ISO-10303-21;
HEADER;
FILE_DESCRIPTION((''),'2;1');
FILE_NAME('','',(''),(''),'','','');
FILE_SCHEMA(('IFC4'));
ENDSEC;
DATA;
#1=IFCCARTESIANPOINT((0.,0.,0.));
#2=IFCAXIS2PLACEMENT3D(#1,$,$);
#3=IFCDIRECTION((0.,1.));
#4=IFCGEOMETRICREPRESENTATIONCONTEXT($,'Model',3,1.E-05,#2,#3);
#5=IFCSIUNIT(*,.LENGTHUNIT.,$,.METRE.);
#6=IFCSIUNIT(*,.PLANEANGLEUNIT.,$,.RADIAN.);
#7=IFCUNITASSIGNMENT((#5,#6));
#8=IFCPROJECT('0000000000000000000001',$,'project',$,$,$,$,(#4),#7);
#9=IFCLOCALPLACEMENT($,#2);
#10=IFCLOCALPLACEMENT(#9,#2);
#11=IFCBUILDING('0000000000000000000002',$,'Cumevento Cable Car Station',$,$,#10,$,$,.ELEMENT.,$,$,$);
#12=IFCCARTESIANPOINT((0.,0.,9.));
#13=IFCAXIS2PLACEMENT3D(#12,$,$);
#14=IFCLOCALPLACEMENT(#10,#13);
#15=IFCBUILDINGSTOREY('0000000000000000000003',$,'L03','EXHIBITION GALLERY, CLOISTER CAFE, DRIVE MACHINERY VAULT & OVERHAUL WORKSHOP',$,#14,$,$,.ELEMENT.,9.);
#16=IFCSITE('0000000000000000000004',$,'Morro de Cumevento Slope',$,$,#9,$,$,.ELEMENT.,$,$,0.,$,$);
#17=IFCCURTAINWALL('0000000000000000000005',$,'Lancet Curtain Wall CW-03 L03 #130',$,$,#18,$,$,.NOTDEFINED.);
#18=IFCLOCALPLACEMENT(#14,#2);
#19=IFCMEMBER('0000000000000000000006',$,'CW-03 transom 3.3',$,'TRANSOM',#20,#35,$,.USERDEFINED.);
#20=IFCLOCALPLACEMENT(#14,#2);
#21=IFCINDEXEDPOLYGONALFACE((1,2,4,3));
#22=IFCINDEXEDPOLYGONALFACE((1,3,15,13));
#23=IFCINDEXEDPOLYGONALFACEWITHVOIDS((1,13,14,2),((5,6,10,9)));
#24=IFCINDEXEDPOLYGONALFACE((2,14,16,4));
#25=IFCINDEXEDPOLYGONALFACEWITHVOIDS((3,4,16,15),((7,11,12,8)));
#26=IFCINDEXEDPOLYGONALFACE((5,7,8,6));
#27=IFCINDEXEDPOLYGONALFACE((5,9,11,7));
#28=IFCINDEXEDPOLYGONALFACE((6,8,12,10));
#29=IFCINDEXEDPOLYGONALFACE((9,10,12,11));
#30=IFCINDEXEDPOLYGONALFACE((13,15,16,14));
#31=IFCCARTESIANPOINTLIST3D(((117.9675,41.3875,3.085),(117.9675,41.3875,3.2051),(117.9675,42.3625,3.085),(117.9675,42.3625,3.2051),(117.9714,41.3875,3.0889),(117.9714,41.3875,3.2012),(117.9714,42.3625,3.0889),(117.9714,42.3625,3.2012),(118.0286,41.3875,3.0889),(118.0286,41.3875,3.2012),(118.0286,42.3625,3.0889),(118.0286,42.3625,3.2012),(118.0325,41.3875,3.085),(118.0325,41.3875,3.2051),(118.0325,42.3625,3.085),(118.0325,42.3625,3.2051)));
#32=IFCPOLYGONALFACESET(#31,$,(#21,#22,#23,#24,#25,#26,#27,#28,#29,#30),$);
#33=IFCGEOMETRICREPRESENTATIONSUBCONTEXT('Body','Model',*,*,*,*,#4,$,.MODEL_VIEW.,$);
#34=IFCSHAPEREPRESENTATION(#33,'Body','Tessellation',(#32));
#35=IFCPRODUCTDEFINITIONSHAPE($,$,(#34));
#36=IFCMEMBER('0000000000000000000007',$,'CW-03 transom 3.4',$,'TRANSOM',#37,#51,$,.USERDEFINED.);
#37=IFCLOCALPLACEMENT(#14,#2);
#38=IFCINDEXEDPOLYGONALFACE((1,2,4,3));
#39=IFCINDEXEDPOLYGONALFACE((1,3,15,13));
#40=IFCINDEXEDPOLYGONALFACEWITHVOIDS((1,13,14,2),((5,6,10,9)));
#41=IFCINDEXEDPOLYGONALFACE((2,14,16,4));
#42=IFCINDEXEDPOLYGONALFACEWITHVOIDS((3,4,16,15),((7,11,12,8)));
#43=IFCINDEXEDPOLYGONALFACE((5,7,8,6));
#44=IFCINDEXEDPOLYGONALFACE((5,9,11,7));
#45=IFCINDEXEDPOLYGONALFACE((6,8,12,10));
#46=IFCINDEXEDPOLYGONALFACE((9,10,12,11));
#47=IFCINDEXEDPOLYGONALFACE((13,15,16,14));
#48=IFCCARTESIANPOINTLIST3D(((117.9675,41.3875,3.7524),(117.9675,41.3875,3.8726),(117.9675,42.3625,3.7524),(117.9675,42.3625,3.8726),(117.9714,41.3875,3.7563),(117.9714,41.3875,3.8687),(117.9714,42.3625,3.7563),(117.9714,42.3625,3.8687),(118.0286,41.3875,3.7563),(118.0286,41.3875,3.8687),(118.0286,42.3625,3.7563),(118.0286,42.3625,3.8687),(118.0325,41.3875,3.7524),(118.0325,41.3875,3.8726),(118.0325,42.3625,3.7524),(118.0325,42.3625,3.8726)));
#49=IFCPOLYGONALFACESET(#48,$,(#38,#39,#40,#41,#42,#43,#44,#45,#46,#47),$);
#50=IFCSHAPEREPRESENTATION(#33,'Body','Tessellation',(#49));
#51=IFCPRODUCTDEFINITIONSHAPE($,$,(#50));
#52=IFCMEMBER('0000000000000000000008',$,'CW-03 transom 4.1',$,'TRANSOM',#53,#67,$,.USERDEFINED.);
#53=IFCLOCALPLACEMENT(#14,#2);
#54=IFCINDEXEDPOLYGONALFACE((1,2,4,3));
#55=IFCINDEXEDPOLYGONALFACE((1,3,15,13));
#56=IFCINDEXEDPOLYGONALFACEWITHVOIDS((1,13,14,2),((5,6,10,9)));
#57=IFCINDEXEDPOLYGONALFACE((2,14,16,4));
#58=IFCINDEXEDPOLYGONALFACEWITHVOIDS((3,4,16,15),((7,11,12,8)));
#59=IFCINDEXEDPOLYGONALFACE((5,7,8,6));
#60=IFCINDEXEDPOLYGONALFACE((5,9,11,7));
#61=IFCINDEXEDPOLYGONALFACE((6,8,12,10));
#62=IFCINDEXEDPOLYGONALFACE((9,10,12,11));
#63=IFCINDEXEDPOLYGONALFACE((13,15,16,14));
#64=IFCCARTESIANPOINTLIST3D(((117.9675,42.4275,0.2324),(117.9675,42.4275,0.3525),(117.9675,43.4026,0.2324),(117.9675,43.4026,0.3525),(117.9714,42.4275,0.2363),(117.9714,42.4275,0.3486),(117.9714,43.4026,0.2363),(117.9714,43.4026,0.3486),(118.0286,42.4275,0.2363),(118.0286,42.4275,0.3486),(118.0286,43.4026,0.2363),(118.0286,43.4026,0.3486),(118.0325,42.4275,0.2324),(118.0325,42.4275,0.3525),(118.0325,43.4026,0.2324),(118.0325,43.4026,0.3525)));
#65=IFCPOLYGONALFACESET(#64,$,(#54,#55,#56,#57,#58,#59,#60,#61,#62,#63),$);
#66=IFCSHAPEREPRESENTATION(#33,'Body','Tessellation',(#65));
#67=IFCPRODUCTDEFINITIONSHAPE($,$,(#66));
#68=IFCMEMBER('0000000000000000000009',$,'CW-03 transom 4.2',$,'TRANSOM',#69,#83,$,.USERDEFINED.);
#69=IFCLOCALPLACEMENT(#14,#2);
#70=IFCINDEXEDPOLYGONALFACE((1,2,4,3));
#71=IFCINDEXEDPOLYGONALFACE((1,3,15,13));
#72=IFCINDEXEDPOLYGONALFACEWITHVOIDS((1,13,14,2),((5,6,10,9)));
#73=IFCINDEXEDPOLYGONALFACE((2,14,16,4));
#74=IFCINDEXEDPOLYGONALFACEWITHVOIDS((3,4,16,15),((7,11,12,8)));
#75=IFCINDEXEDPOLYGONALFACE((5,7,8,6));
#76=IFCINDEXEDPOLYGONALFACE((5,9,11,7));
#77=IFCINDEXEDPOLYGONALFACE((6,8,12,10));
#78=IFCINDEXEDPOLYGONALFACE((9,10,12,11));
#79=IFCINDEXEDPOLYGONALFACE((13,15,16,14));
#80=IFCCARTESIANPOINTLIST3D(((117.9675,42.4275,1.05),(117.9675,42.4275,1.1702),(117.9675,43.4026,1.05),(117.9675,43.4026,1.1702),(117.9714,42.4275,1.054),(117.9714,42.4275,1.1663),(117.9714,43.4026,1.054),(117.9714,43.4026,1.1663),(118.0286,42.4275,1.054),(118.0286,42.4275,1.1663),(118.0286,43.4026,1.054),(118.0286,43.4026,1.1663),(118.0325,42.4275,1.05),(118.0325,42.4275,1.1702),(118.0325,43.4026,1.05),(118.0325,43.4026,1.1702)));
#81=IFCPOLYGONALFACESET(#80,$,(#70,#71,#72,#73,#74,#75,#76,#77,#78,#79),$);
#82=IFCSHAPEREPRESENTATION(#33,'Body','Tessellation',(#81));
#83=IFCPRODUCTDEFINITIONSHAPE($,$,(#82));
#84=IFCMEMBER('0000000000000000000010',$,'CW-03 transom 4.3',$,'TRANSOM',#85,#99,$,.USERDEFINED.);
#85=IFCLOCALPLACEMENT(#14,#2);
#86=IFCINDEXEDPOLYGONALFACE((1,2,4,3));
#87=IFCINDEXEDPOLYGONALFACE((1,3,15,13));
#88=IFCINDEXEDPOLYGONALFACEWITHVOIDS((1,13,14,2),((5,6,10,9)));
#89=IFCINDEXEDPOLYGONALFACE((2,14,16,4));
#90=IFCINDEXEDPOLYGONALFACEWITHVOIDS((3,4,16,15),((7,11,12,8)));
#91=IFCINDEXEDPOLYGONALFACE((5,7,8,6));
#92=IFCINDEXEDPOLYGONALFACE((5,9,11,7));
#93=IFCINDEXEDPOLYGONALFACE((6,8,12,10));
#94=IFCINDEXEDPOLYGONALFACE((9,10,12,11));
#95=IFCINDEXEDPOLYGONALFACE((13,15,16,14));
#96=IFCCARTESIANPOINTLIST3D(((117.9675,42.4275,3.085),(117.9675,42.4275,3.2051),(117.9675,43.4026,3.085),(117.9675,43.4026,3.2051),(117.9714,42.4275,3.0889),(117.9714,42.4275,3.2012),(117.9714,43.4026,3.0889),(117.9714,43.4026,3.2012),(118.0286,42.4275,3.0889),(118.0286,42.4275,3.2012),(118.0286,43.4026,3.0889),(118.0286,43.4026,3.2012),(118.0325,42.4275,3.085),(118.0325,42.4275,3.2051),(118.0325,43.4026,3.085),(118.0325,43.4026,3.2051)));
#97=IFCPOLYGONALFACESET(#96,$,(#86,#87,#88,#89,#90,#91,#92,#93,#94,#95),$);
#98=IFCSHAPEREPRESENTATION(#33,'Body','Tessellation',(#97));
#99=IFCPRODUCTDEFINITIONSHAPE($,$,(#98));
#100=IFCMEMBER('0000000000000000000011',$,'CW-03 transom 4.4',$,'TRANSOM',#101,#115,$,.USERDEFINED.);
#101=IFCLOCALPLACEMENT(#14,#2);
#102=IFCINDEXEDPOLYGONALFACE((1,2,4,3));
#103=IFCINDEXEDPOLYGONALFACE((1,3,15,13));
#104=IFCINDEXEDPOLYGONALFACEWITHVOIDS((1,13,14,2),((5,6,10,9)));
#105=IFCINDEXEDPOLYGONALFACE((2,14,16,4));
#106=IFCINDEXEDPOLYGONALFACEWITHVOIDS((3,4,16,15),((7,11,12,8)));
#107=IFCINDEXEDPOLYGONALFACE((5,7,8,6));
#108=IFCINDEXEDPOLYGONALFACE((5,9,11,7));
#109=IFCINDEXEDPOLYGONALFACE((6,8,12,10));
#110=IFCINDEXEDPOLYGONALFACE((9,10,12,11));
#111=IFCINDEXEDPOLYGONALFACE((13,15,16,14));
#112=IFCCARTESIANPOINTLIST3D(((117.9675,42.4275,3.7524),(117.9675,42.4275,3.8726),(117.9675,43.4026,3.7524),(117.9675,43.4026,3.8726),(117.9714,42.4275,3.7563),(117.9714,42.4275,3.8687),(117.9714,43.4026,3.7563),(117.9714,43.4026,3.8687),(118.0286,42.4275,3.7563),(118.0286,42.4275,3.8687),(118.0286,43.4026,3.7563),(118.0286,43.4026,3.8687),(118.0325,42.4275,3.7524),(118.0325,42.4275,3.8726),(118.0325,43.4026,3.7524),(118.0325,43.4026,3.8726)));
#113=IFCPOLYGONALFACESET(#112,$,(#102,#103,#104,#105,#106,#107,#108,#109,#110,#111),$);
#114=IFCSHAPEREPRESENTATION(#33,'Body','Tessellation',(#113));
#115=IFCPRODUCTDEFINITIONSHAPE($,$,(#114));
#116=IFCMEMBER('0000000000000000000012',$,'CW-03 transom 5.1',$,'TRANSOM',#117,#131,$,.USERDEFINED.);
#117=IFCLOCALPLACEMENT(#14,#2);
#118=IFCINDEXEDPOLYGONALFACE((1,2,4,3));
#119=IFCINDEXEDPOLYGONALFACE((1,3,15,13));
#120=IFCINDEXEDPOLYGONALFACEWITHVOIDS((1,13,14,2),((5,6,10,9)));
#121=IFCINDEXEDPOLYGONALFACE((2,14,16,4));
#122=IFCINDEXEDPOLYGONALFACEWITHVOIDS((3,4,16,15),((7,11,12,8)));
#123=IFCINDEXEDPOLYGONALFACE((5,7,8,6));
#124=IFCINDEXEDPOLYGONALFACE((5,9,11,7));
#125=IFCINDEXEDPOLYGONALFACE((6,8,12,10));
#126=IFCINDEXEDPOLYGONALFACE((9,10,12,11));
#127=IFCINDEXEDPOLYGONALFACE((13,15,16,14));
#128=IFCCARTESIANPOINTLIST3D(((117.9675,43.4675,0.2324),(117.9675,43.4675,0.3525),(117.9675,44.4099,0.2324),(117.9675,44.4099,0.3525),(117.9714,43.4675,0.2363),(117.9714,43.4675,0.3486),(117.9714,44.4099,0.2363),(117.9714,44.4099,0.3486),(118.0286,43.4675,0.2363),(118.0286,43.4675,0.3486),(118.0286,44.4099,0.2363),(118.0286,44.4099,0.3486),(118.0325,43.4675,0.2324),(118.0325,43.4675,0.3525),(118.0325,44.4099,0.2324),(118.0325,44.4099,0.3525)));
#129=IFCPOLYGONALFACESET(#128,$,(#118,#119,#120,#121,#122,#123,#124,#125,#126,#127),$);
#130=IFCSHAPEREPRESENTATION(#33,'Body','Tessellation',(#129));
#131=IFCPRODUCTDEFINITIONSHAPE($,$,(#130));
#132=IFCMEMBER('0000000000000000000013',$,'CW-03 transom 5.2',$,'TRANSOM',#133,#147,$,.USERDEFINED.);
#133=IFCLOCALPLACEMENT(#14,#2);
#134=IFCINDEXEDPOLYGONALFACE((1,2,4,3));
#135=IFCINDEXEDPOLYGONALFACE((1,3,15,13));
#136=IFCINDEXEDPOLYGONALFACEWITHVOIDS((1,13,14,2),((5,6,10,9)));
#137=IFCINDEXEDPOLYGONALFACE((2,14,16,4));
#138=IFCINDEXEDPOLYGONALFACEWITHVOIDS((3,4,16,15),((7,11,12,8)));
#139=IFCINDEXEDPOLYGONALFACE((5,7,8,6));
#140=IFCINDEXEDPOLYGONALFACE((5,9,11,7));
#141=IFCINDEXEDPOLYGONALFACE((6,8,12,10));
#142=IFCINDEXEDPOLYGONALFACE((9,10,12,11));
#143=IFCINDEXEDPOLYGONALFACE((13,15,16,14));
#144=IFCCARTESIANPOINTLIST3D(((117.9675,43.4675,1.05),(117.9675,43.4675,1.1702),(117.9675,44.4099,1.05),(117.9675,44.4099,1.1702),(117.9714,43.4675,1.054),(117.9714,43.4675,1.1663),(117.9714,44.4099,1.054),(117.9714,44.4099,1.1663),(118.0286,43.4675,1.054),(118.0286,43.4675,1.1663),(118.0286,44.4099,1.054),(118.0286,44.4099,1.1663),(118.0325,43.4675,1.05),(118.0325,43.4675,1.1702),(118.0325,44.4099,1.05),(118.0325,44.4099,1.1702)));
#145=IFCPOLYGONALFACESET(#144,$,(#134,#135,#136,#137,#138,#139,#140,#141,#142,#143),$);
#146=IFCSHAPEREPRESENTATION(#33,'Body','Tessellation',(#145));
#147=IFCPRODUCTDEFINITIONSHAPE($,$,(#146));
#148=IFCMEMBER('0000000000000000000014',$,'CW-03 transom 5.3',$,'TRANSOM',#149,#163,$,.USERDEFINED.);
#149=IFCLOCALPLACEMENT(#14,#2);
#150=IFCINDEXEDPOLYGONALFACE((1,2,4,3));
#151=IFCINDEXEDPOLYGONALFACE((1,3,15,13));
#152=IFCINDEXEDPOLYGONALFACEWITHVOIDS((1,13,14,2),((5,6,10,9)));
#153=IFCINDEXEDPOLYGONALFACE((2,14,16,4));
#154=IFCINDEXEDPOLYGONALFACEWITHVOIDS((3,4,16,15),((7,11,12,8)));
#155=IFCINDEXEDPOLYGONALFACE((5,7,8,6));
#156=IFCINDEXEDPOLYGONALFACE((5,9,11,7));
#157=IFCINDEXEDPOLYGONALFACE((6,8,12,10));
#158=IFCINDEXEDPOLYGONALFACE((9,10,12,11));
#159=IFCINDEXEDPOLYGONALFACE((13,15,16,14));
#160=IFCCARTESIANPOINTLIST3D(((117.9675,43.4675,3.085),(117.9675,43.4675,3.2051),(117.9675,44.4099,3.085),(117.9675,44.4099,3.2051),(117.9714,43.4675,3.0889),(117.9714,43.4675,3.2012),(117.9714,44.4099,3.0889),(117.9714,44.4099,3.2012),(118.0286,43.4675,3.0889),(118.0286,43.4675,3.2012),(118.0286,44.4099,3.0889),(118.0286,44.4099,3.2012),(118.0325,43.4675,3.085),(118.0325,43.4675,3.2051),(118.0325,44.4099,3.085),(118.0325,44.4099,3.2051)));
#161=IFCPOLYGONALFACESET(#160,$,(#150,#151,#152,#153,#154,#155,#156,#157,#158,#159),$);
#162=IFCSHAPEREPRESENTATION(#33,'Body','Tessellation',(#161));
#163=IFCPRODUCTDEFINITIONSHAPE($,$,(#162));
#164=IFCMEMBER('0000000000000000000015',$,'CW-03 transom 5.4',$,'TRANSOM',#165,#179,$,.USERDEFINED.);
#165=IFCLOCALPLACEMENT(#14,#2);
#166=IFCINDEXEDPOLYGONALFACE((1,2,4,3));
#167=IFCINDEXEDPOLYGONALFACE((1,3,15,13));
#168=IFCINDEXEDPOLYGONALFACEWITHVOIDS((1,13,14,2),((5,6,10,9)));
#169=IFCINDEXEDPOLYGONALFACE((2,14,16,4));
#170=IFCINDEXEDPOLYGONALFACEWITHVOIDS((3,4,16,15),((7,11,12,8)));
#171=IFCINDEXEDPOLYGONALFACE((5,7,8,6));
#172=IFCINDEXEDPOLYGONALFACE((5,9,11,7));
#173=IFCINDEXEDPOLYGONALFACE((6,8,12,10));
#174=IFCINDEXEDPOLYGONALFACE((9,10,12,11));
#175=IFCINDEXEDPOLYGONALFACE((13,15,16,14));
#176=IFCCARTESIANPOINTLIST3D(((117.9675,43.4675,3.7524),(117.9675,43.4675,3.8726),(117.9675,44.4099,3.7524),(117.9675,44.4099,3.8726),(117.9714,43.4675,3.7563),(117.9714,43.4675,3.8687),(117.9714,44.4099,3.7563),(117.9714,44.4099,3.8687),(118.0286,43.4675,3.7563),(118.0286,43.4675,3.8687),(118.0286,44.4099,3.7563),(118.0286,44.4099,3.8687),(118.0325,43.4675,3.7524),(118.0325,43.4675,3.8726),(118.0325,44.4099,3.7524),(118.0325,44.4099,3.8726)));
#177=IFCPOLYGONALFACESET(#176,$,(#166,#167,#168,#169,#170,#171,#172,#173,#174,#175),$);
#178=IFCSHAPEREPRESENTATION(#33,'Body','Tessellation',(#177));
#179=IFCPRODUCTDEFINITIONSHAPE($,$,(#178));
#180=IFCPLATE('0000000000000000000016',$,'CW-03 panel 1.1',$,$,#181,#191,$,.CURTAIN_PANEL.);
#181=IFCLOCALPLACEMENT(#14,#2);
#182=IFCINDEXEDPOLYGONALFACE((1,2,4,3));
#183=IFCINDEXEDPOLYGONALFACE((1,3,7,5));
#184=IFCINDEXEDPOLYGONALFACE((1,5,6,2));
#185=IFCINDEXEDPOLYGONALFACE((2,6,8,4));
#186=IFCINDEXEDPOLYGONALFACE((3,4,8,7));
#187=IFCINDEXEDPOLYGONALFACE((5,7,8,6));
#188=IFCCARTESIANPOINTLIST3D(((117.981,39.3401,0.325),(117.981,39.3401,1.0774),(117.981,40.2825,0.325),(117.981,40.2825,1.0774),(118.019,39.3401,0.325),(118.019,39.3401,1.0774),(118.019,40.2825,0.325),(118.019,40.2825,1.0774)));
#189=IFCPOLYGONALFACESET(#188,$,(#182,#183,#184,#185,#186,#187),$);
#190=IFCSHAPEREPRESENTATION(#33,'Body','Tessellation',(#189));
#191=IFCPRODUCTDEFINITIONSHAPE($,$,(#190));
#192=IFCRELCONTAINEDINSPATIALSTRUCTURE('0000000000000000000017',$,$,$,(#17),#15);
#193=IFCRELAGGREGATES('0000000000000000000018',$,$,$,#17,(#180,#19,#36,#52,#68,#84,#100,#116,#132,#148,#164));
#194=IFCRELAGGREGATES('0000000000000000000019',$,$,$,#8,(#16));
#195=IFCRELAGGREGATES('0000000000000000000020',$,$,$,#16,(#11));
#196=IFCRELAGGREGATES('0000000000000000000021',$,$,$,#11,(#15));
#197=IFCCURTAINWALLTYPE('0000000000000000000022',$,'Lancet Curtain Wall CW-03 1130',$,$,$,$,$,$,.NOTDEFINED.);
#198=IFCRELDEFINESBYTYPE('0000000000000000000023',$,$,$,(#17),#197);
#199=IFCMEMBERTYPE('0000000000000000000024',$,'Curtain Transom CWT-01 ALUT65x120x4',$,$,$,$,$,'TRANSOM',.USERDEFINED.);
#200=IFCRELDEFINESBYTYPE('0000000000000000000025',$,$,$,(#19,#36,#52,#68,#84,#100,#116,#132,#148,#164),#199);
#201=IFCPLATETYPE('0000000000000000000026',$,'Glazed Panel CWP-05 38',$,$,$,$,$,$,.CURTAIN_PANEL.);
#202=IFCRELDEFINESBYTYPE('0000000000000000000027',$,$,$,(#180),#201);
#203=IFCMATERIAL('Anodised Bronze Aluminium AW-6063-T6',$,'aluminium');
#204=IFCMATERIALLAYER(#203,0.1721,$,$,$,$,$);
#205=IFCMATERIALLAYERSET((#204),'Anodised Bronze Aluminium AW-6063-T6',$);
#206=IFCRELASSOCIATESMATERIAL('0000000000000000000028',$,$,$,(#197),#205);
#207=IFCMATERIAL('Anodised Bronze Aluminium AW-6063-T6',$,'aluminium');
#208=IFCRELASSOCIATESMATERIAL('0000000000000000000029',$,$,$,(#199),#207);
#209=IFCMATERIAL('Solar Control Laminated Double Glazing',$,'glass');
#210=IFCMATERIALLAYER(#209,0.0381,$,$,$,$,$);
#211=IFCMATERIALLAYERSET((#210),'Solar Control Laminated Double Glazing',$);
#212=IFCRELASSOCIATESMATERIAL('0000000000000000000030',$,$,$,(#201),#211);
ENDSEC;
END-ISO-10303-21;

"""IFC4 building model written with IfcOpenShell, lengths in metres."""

from ifc_helpers import new_model, si_unit, direction, frame, origin, origin_2d, place, context, subcontext, project, spatial, rectangle, hollow_rectangle, extrude, material, layer, layer_set, material_profile, profile_set, type_object, element, aggregate, save


model = new_model("IFC4")

# Units and contexts
model_context = context("Model", 3, precision=1e-05, world=origin(), true_north=direction((0.0, 1.0)))
body_context = subcontext(model_context, "Body", "Model", "MODEL_VIEW")
ifc_project = project(units=[si_unit("LENGTHUNIT", "METRE"), si_unit("PLANEANGLEUNIT", "RADIAN")], contexts=[model_context])

# Site, building, storey
site_placement = place(None, origin())
site = spatial("IfcSite", under=ifc_project, at=site_placement, Name="Morro de Cumevento Slope", CompositionType="ELEMENT", RefElevation=0.0)
building_placement = place(site_placement, origin())
building = spatial("IfcBuilding", under=site, at=building_placement, Name="Cumevento Cable Car Station", CompositionType="ELEMENT")
storey_placement = place(building_placement, frame((0.0, 0.0, 9.0)))
storey = spatial("IfcBuildingStorey", under=building, at=storey_placement, Name="L03", Description="EXHIBITION GALLERY, CLOISTER CAFE, DRIVE MACHINERY VAULT & OVERHAUL WORKSHOP", CompositionType="ELEMENT", Elevation=9.0)

# Curtain wall, members, plate
ifc_material_1 = material(Name="Anodised Bronze Aluminium AW-6063-T6", Category="aluminium")
ifc_layer_1 = layer(ifc_material_1, 0.1721)
ifc_layer_set_1 = layer_set([ifc_layer_1], Name="Anodised Bronze Aluminium AW-6063-T6")
curtain_wall_type = type_object("IfcCurtainWallType", Name="Lancet Curtain Wall CW-03 1130", PredefinedType="NOTDEFINED", material=ifc_layer_set_1)
curtain_wall_placement = place(storey_placement, origin())
curtain_wall = element("IfcCurtainWall", 1, at=curtain_wall_placement, inside=storey, type_object=curtain_wall_type, Name="Lancet Curtain Wall CW-03 L03 #130", PredefinedType="NOTDEFINED")
ifc_material_2 = material(Name="Anodised Bronze Aluminium AW-6063-T6", Category="aluminium")
ifc_material_profile_1 = material_profile(ifc_material_2, hollow_rectangle(XDim=0.0649, YDim=0.1201, WallThickness=0.0039, at=origin_2d()), Name="ALUT65x120x4")
ifc_profile_set_1 = profile_set([ifc_material_profile_1], Name="Anodised Bronze Aluminium AW-6063-T6")
member_type_1 = type_object("IfcMemberType", Name="Curtain Transom CWT-01 ALUT65x120x4", ElementType="TRANSOM", PredefinedType="USERDEFINED", material=ifc_profile_set_1)
member_1_placement = place(storey_placement, frame((118.0, 41.3875, 3.145), z_axis=(0.0, 1.0, 0.0), x_axis=(-1.0, 0.0, 0.0)))
member_1 = element("IfcMember", 2, at=member_1_placement, type_object=member_type_1, Name="CW-03 transom 3.3", ObjectType="TRANSOM", PredefinedType="USERDEFINED", context=body_context, shape_type="SweptSolid", body=[
    extrude(hollow_rectangle(XDim=0.0649, YDim=0.1201, WallThickness=0.0039, at=origin_2d()), origin(), (0.0, 0.0, 1.0), 0.9751),
])
member_2_placement = place(storey_placement, frame((118.0, 41.3875, 3.8125), z_axis=(0.0, 1.0, 0.0), x_axis=(-1.0, 0.0, 0.0)))
member_2 = element("IfcMember", 3, at=member_2_placement, type_object=member_type_1, Name="CW-03 transom 3.4", ObjectType="TRANSOM", PredefinedType="USERDEFINED", context=body_context, shape_type="SweptSolid", body=[
    extrude(hollow_rectangle(XDim=0.0649, YDim=0.1201, WallThickness=0.0039, at=origin_2d()), origin(), (0.0, 0.0, 1.0), 0.9751),
])
member_3_placement = place(storey_placement, frame((118.0, 42.4275, 0.2925), z_axis=(0.0, 1.0, 0.0), x_axis=(-1.0, 0.0, 0.0)))
member_3 = element("IfcMember", 4, at=member_3_placement, type_object=member_type_1, Name="CW-03 transom 4.1", ObjectType="TRANSOM", PredefinedType="USERDEFINED", context=body_context, shape_type="SweptSolid", body=[
    extrude(hollow_rectangle(XDim=0.0649, YDim=0.1201, WallThickness=0.0039, at=origin_2d()), origin(), (0.0, 0.0, 1.0), 0.9751),
])
member_4_placement = place(storey_placement, frame((118.0, 42.4275, 1.1101), z_axis=(0.0, 1.0, 0.0), x_axis=(-1.0, 0.0, 0.0)))
member_4 = element("IfcMember", 5, at=member_4_placement, type_object=member_type_1, Name="CW-03 transom 4.2", ObjectType="TRANSOM", PredefinedType="USERDEFINED", context=body_context, shape_type="SweptSolid", body=[
    extrude(hollow_rectangle(XDim=0.0649, YDim=0.1201, WallThickness=0.0039, at=origin_2d()), origin(), (0.0, 0.0, 1.0), 0.9751),
])
member_5_placement = place(storey_placement, frame((118.0, 42.4275, 3.145), z_axis=(0.0, 1.0, 0.0), x_axis=(-1.0, 0.0, 0.0)))
member_5 = element("IfcMember", 6, at=member_5_placement, type_object=member_type_1, Name="CW-03 transom 4.3", ObjectType="TRANSOM", PredefinedType="USERDEFINED", context=body_context, shape_type="SweptSolid", body=[
    extrude(hollow_rectangle(XDim=0.0649, YDim=0.1201, WallThickness=0.0039, at=origin_2d()), origin(), (0.0, 0.0, 1.0), 0.9751),
])
member_6_placement = place(storey_placement, frame((118.0, 42.4275, 3.8125), z_axis=(0.0, 1.0, 0.0), x_axis=(-1.0, 0.0, 0.0)))
member_6 = element("IfcMember", 7, at=member_6_placement, type_object=member_type_1, Name="CW-03 transom 4.4", ObjectType="TRANSOM", PredefinedType="USERDEFINED", context=body_context, shape_type="SweptSolid", body=[
    extrude(hollow_rectangle(XDim=0.0649, YDim=0.1201, WallThickness=0.0039, at=origin_2d()), origin(), (0.0, 0.0, 1.0), 0.9751),
])
member_7_placement = place(storey_placement, frame((118.0, 43.4675, 0.2925), z_axis=(0.0, 1.0, 0.0), x_axis=(-1.0, 0.0, 0.0)))
member_7 = element("IfcMember", 8, at=member_7_placement, type_object=member_type_1, Name="CW-03 transom 5.1", ObjectType="TRANSOM", PredefinedType="USERDEFINED", context=body_context, shape_type="SweptSolid", body=[
    extrude(hollow_rectangle(XDim=0.0649, YDim=0.1201, WallThickness=0.0039, at=origin_2d()), origin(), (0.0, 0.0, 1.0), 0.9424),
])
member_8_placement = place(storey_placement, frame((118.0, 43.4675, 1.1101), z_axis=(0.0, 1.0, 0.0), x_axis=(-1.0, 0.0, 0.0)))
member_8 = element("IfcMember", 9, at=member_8_placement, type_object=member_type_1, Name="CW-03 transom 5.2", ObjectType="TRANSOM", PredefinedType="USERDEFINED", context=body_context, shape_type="SweptSolid", body=[
    extrude(hollow_rectangle(XDim=0.0649, YDim=0.1201, WallThickness=0.0039, at=origin_2d()), origin(), (0.0, 0.0, 1.0), 0.9424),
])
member_9_placement = place(storey_placement, frame((118.0, 43.4675, 3.145), z_axis=(0.0, 1.0, 0.0), x_axis=(-1.0, 0.0, 0.0)))
member_9 = element("IfcMember", 10, at=member_9_placement, type_object=member_type_1, Name="CW-03 transom 5.3", ObjectType="TRANSOM", PredefinedType="USERDEFINED", context=body_context, shape_type="SweptSolid", body=[
    extrude(hollow_rectangle(XDim=0.0649, YDim=0.1201, WallThickness=0.0039, at=origin_2d()), origin(), (0.0, 0.0, 1.0), 0.9424),
])
member_10_placement = place(storey_placement, frame((118.0, 43.4675, 3.8125), z_axis=(0.0, 1.0, 0.0), x_axis=(-1.0, 0.0, 0.0)))
member_10 = element("IfcMember", 11, at=member_10_placement, type_object=member_type_1, Name="CW-03 transom 5.4", ObjectType="TRANSOM", PredefinedType="USERDEFINED", context=body_context, shape_type="SweptSolid", body=[
    extrude(hollow_rectangle(XDim=0.0649, YDim=0.1201, WallThickness=0.0039, at=origin_2d()), origin(), (0.0, 0.0, 1.0), 0.9424),
])
ifc_material_3 = material(Name="Solar Control Laminated Double Glazing", Category="glass")
ifc_layer_2 = layer(ifc_material_3, 0.0381)
ifc_layer_set_2 = layer_set([ifc_layer_2], Name="Solar Control Laminated Double Glazing")
plate_type = type_object("IfcPlateType", Name="Glazed Panel CWP-05 38", PredefinedType="CURTAIN_PANEL", material=ifc_layer_set_2)
plate_1_placement = place(storey_placement, frame((118.0, 39.8113, 0.325), z_axis=(0.0, 0.0, 1.0), x_axis=(0.0, 1.0, 0.0)))
plate_1 = element("IfcPlate", 12, at=plate_1_placement, type_object=plate_type, Name="CW-03 panel 1.1", PredefinedType="CURTAIN_PANEL", context=body_context, shape_type="SweptSolid", body=[
    extrude(rectangle(XDim=0.9424, YDim=0.0381, at=origin_2d()), origin(), (0.0, 0.0, 1.0), 0.7524),
])
aggregate(curtain_wall, [plate_1, member_1, member_2, member_3, member_4, member_5, member_6, member_7, member_8, member_9, member_10])

save(model, "model.ifc")
